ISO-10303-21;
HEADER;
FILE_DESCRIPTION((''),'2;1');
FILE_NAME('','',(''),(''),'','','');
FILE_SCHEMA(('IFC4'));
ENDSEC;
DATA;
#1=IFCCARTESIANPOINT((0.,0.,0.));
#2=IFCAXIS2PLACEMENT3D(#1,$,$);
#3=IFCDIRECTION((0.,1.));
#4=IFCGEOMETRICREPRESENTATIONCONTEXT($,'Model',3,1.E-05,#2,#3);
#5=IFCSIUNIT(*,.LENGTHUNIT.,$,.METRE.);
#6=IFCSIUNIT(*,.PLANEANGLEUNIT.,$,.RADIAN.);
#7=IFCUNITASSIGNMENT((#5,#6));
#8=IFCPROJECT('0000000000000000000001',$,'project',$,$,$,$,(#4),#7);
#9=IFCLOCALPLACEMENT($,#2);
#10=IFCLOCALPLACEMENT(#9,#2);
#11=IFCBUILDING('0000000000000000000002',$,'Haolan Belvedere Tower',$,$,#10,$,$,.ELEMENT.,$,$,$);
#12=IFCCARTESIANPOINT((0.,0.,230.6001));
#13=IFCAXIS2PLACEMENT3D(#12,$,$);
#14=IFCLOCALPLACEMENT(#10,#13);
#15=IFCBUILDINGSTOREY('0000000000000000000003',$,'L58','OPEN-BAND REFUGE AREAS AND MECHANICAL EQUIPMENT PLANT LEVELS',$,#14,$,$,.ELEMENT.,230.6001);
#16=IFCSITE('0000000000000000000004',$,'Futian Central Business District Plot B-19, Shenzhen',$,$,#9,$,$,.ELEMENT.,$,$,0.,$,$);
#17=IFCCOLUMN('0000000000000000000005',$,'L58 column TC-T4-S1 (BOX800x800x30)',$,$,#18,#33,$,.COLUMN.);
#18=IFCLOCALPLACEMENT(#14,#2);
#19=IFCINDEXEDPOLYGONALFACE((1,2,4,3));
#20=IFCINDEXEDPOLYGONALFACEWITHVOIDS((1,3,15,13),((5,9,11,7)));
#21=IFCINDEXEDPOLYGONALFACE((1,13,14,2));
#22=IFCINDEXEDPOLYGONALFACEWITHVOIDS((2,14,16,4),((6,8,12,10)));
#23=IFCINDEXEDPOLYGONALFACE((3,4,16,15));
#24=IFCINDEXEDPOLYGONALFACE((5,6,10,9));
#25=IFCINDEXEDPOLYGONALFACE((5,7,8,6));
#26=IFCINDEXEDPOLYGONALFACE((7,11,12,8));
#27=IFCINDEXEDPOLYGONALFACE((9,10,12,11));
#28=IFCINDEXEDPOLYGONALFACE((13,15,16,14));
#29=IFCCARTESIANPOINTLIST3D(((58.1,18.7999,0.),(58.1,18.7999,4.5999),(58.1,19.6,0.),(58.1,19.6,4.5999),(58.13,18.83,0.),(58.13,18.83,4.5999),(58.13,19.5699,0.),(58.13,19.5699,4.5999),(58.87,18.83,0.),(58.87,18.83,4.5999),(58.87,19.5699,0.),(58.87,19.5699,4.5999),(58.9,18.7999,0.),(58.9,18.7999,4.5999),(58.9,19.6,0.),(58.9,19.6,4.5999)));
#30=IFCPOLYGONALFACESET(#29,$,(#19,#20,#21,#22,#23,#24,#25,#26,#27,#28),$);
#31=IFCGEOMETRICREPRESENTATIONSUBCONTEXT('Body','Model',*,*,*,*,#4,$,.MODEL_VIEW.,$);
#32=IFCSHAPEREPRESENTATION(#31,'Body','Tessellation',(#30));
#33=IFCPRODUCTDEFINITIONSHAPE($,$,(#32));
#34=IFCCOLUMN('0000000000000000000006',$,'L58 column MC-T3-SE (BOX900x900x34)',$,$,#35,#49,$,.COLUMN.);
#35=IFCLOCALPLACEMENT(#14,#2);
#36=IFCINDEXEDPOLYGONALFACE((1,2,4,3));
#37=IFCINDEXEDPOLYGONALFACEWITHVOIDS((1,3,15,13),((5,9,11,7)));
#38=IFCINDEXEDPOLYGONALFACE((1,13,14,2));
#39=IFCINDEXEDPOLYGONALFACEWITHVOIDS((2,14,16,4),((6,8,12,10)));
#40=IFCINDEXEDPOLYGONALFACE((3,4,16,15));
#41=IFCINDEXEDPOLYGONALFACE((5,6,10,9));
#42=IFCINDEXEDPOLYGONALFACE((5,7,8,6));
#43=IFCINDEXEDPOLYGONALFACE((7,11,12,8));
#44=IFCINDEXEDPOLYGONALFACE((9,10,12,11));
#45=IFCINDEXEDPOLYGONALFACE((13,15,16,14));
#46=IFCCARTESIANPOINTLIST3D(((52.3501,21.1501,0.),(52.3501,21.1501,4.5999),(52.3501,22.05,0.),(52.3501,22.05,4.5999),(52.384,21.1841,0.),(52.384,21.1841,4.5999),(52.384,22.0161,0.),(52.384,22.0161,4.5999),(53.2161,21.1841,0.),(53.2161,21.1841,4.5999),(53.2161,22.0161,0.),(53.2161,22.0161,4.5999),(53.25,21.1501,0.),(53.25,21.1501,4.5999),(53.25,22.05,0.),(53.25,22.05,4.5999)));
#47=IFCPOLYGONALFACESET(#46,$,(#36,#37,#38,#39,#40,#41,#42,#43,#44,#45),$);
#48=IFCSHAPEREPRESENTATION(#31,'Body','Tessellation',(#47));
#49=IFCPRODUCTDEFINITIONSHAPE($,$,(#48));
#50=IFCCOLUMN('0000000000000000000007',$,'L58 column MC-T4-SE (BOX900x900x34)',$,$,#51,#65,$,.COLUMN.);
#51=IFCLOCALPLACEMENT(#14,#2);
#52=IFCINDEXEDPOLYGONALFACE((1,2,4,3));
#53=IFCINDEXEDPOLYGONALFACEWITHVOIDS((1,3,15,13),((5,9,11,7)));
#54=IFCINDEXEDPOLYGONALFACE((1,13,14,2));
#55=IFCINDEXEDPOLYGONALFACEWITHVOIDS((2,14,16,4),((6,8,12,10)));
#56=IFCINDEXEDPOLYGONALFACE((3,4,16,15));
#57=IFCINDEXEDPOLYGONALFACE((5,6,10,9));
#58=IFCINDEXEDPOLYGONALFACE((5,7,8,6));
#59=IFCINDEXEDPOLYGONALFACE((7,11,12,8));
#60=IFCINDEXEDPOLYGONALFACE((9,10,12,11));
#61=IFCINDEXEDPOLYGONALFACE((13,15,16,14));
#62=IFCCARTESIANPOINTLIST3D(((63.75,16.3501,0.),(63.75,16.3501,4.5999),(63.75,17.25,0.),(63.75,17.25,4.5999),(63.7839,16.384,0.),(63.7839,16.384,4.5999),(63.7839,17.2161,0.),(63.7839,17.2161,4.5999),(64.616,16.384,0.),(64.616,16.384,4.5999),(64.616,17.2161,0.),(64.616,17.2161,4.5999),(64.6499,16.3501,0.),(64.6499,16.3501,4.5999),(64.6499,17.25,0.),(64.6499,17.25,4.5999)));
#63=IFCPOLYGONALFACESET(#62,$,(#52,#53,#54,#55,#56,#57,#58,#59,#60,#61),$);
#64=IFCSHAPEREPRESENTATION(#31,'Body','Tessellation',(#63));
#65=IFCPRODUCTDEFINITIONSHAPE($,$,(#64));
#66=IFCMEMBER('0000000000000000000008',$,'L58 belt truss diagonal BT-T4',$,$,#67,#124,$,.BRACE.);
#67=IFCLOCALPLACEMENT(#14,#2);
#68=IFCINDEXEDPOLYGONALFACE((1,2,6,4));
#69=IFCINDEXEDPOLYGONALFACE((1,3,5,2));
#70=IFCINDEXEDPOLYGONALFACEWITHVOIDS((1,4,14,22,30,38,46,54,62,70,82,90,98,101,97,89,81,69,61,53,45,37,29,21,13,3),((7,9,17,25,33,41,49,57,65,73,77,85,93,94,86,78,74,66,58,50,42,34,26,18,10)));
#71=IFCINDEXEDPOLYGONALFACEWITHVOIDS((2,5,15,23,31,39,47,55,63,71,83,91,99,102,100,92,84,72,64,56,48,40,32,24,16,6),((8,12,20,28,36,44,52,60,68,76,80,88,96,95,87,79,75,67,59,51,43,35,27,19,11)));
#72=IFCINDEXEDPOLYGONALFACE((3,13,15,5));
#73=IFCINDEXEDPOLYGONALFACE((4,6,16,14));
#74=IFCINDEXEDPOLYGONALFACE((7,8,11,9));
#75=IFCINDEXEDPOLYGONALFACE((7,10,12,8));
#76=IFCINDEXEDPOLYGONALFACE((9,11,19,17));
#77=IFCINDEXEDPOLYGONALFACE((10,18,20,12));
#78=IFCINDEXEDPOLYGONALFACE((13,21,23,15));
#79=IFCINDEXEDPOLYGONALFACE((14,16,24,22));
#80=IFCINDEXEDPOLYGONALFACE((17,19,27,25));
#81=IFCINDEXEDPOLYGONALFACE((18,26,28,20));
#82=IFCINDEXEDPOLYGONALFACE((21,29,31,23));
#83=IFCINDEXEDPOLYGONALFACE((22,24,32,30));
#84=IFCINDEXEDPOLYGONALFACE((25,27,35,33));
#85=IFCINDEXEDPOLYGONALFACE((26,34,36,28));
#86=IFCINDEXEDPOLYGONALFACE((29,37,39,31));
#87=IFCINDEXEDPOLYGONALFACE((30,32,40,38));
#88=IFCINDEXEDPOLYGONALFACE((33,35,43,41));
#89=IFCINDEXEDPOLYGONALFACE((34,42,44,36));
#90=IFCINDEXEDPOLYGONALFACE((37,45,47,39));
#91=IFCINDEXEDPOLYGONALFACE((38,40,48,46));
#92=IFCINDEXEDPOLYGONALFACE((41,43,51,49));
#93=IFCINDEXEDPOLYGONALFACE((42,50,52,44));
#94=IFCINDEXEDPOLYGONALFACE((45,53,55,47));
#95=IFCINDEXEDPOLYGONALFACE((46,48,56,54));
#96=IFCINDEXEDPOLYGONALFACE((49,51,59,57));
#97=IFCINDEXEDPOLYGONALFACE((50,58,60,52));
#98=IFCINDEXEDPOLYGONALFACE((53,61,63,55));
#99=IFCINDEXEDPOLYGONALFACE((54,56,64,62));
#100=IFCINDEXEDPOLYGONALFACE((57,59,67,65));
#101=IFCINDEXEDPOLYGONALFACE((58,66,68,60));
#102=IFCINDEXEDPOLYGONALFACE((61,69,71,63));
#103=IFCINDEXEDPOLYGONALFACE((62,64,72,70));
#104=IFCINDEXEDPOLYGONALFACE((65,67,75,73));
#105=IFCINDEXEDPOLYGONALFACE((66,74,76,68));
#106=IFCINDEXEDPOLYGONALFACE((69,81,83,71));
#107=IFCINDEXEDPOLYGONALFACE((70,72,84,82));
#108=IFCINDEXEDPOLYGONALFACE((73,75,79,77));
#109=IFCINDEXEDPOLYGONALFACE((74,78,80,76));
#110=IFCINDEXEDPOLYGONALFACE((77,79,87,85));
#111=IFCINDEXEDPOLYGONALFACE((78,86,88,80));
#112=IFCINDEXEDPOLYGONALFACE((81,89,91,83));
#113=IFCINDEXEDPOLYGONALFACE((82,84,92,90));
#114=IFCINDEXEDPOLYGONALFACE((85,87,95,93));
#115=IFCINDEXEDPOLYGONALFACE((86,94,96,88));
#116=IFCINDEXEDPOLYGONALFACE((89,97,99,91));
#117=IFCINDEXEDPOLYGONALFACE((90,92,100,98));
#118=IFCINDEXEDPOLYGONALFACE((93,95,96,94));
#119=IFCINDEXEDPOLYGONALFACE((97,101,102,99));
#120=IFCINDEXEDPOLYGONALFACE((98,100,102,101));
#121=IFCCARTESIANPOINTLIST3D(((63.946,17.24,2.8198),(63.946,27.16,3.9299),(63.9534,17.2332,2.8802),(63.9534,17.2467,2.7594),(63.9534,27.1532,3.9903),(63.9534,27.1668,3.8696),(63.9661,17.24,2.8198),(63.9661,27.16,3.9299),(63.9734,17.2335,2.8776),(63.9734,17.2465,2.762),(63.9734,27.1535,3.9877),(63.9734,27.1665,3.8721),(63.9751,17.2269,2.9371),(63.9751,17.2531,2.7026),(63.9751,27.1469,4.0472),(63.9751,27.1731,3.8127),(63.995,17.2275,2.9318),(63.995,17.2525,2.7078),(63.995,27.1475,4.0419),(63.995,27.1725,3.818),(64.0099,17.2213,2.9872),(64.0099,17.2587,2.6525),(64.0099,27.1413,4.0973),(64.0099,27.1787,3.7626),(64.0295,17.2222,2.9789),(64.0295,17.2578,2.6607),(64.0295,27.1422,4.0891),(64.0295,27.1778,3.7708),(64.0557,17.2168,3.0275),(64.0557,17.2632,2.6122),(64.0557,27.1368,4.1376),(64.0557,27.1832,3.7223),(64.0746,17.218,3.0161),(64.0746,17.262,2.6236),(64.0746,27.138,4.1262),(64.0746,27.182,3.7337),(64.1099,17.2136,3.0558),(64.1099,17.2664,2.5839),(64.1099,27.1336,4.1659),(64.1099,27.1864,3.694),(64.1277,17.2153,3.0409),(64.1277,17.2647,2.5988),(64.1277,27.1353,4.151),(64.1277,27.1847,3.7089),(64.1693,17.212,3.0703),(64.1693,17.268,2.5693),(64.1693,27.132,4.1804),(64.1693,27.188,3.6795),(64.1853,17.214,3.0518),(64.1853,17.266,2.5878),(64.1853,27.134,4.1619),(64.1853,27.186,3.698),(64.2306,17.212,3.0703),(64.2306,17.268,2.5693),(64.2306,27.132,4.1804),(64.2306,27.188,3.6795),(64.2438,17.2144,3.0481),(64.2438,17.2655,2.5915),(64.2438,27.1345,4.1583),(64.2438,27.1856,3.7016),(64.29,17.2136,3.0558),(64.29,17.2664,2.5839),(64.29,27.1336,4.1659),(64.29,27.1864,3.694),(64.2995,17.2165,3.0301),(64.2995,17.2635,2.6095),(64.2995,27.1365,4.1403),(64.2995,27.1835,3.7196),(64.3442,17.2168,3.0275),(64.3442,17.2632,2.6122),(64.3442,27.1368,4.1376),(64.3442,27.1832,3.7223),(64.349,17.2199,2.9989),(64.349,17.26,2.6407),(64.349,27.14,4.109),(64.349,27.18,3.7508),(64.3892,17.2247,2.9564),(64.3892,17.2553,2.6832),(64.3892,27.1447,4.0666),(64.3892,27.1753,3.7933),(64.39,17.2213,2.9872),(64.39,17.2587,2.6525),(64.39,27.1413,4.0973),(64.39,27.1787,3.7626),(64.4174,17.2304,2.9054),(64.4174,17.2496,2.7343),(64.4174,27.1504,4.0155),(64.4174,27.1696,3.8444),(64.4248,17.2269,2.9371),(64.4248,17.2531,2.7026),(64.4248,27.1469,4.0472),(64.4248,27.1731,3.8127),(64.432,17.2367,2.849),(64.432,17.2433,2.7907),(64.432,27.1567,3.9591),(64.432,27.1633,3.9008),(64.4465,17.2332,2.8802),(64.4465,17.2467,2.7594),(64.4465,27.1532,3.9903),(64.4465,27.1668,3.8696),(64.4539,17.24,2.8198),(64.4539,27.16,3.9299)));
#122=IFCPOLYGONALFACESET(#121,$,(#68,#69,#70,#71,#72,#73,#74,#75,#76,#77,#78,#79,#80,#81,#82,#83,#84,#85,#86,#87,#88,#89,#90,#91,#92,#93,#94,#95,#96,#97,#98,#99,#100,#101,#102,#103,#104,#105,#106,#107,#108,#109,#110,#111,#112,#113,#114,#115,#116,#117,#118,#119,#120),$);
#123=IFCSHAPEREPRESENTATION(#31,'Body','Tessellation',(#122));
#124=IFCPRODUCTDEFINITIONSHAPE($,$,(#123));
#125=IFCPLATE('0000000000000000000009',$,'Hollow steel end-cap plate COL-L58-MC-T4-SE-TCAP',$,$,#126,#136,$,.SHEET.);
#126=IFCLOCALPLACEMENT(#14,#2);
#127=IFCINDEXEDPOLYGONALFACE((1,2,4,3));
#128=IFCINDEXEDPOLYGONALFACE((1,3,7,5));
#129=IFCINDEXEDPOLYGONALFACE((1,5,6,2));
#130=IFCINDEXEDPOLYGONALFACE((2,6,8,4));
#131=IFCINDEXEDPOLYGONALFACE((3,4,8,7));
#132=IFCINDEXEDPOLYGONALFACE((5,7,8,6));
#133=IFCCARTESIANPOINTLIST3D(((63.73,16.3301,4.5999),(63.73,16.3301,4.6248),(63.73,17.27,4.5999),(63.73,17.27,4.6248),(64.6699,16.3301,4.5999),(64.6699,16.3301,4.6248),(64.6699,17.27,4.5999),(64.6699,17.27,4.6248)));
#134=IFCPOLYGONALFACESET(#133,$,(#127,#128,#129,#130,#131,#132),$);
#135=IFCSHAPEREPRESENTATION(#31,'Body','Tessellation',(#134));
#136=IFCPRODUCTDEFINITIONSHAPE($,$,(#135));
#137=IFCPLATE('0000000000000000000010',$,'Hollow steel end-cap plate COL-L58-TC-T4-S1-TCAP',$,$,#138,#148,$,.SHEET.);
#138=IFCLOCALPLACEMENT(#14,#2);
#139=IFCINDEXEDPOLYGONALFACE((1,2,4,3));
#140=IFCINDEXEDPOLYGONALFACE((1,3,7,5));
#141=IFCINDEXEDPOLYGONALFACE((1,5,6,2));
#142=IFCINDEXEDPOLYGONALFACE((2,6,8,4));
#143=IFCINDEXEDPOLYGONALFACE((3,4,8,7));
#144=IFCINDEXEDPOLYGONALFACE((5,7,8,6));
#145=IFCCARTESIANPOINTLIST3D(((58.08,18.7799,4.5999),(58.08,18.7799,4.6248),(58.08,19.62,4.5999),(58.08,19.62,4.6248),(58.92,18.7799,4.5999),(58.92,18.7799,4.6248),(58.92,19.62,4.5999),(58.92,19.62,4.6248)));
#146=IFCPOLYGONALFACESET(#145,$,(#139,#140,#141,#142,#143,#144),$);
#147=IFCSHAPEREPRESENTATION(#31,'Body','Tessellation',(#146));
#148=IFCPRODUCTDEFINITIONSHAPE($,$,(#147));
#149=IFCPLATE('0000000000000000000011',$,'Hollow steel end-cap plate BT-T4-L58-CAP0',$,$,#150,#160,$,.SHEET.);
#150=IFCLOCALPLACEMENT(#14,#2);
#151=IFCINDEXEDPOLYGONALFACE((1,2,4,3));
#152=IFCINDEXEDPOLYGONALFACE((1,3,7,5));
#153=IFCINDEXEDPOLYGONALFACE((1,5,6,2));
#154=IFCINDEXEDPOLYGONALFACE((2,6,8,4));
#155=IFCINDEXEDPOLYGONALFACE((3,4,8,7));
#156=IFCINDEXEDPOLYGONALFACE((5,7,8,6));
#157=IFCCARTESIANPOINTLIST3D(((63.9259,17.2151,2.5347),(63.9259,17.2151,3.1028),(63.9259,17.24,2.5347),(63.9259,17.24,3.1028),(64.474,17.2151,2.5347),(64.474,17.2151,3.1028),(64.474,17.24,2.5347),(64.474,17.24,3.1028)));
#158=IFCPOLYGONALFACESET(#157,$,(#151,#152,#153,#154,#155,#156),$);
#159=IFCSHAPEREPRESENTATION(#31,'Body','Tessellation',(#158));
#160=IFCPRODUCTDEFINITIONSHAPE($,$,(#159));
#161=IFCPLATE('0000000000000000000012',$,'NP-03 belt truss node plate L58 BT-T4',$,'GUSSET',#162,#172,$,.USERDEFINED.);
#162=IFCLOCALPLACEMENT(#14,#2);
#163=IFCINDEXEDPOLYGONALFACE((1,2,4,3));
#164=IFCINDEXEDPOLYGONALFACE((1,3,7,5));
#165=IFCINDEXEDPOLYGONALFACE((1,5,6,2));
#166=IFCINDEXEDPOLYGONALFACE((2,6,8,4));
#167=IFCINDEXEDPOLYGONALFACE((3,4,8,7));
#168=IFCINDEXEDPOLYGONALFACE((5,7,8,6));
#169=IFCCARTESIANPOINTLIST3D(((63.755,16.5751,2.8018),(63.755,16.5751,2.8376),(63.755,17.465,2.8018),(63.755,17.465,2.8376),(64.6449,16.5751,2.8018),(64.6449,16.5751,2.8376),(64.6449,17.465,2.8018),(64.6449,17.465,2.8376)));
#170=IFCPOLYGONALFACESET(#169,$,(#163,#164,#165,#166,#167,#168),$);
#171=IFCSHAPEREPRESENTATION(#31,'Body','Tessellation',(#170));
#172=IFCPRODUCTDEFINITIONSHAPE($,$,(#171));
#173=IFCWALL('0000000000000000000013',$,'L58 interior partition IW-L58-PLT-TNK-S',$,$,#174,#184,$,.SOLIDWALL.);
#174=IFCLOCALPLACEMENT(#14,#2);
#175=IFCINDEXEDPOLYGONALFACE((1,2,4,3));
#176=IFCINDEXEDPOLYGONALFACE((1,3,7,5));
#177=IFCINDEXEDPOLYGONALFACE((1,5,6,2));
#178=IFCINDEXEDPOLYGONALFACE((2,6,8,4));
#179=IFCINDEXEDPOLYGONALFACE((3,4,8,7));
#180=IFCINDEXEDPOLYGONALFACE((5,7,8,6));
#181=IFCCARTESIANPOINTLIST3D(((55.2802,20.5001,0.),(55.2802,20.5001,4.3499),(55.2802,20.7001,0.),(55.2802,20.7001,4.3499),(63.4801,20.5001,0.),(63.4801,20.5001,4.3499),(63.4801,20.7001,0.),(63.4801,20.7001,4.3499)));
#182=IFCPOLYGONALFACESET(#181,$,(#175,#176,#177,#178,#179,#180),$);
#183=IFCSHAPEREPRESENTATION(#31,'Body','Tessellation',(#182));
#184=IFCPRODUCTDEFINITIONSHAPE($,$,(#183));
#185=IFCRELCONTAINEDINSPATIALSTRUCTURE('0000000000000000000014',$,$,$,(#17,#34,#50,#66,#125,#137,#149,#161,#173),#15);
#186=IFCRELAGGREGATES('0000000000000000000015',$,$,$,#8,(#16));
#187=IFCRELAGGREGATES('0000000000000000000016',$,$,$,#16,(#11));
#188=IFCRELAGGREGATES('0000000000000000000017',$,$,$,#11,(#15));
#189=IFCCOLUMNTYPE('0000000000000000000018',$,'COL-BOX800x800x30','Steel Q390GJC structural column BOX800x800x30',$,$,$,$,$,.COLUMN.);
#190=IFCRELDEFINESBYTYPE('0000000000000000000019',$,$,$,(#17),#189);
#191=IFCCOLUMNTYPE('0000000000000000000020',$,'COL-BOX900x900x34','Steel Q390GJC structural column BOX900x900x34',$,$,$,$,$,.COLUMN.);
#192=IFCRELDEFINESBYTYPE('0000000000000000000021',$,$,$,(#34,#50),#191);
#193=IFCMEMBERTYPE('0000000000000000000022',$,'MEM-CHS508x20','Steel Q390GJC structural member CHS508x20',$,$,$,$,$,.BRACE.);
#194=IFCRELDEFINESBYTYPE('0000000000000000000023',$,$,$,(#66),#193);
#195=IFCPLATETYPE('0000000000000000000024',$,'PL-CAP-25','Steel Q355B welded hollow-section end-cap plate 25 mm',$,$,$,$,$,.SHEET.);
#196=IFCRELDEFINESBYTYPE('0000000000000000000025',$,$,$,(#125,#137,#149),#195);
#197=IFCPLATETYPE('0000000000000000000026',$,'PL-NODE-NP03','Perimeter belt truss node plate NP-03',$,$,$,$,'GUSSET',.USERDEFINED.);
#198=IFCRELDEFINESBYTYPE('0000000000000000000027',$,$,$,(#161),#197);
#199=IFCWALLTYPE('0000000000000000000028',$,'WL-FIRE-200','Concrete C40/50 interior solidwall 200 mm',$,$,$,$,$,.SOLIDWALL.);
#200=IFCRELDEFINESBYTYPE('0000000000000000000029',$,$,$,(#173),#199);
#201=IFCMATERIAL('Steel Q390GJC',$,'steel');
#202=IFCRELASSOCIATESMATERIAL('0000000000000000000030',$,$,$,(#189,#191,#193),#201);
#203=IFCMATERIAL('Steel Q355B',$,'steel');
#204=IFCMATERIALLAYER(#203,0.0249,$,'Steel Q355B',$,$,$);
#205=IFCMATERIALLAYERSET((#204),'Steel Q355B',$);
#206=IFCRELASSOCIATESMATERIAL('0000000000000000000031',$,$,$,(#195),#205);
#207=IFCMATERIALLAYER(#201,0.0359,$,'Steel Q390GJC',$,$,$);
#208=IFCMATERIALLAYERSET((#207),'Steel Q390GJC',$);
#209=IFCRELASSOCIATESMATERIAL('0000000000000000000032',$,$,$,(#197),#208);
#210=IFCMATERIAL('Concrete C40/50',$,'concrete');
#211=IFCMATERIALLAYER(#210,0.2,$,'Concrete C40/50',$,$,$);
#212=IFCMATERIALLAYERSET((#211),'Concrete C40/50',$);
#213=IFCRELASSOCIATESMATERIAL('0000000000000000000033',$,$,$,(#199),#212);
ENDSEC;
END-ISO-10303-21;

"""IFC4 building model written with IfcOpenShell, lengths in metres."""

from ifc_helpers import new_model, si_unit, direction, frame, frame_2d, origin, origin_2d, place, context, subcontext, project, spatial, rectangle, hollow_rectangle, hollow_circle, extrude, material, layer, layer_set, material_profile, profile_set, type_object, element, save


model = new_model("IFC4")

# Units and contexts
model_context = context("Model", 3, precision=1e-05, world=origin(), true_north=direction((0.0, 1.0)))
body_context = subcontext(model_context, "Body", "Model", "MODEL_VIEW")
ifc_project = project(units=[si_unit("LENGTHUNIT", "METRE"), si_unit("PLANEANGLEUNIT", "RADIAN")], contexts=[model_context])

# Site, building, storey
site_placement = place(None, origin())
site = spatial("IfcSite", under=ifc_project, at=site_placement, Name="Futian Central Business District Plot B-19, Shenzhen", CompositionType="ELEMENT", RefElevation=0.0)
building_placement = place(site_placement, origin())
building = spatial("IfcBuilding", under=site, at=building_placement, Name="Haolan Belvedere Tower", CompositionType="ELEMENT")
storey_placement = place(building_placement, frame((0.0, 0.0, 230.6001)))
storey = spatial("IfcBuildingStorey", under=building, at=storey_placement, Name="L58", Description="OPEN-BAND REFUGE AREAS AND MECHANICAL EQUIPMENT PLANT LEVELS", CompositionType="ELEMENT", Elevation=230.6001)

# Columns
ifc_material_1 = material(Name="Steel Q390GJC", Category="steel")
ifc_material_profile_1 = material_profile(ifc_material_1, hollow_rectangle(XDim=0.8, YDim=0.8, WallThickness=0.03, at=origin_2d()), Name="Steel Q390GJC")
ifc_profile_set_1 = profile_set([ifc_material_profile_1], Name="Steel Q390GJC")
column_type_1 = type_object("IfcColumnType", Name="COL-BOX800x800x30", Description="Steel Q390GJC structural column BOX800x800x30", PredefinedType="COLUMN", material=ifc_profile_set_1)
column_placement = place(storey_placement, frame((58.5, 19.2, 0.0), z_axis=(0.0, 0.0, 1.0), x_axis=(1.0, 0.0, 0.0)))
element("IfcColumn", 1, at=column_placement, inside=storey, type_object=column_type_1, Name="L58 column TC-T4-S1 (BOX800x800x30)", PredefinedType="COLUMN", context=body_context, shape_type="SweptSolid", body=[
    extrude(hollow_rectangle(XDim=0.8, YDim=0.8, WallThickness=0.03, at=origin_2d()), origin(), (0.0, 0.0, 1.0), 4.5999),
])
ifc_material_profile_2 = material_profile(ifc_material_1, hollow_rectangle(XDim=0.8999, YDim=0.8999, WallThickness=0.0339, at=origin_2d()), Name="Steel Q390GJC")
ifc_profile_set_2 = profile_set([ifc_material_profile_2], Name="Steel Q390GJC")
column_type_2 = type_object("IfcColumnType", Name="COL-BOX900x900x34", Description="Steel Q390GJC structural column BOX900x900x34", PredefinedType="COLUMN", material=ifc_profile_set_2)
for number, where, z_axis, x_axis, name in (
    (2, (52.8, 21.6001, 0.0), (0.0, 0.0, 1.0), (1.0, 0.0, 0.0), "L58 column MC-T3-SE (BOX900x900x34)"),
    (3, (64.2, 16.8, 0.0), (0.0, 0.0, 1.0), (1.0, 0.0, 0.0), "L58 column MC-T4-SE (BOX900x900x34)"),
):
    element("IfcColumn", number, at=place(storey_placement, frame(where, z_axis=z_axis, x_axis=x_axis)), inside=storey, type_object=column_type_2, Name=name, PredefinedType="COLUMN", context=body_context, shape_type="SweptSolid", body=[
        extrude(hollow_rectangle(XDim=0.8999, YDim=0.8999, WallThickness=0.0339, at=origin_2d()), origin(), (0.0, 0.0, 1.0), 4.5999),
    ])

# Member
ifc_material_profile_3 = material_profile(ifc_material_1, hollow_circle(Radius=0.2539, WallThickness=0.02, at=origin_2d()), Name="Steel Q390GJC")
ifc_profile_set_3 = profile_set([ifc_material_profile_3], Name="Steel Q390GJC")
member_type = type_object("IfcMemberType", Name="MEM-CHS508x20", Description="Steel Q390GJC structural member CHS508x20", PredefinedType="BRACE", material=ifc_profile_set_3)
member_placement = place(storey_placement, frame((64.2, 17.24, 2.8198), z_axis=(0.0, 0.993797, 0.111213), x_axis=(-1.0, 0.0, 0.0)))
element("IfcMember", 4, at=member_placement, inside=storey, type_object=member_type, Name="L58 belt truss diagonal BT-T4", PredefinedType="BRACE", context=body_context, shape_type="SweptSolid", body=[
    extrude(hollow_circle(Radius=0.2539, WallThickness=0.02, at=origin_2d()), origin(), (0.0, 0.0, 1.0), 9.9819),
])

# Plates
ifc_material_2 = material(Name="Steel Q355B", Category="steel")
ifc_layer_1 = layer(ifc_material_2, 0.0249, Name="Steel Q355B")
ifc_layer_set_1 = layer_set([ifc_layer_1], Name="Steel Q355B")
plate_type_1 = type_object("IfcPlateType", Name="PL-CAP-25", Description="Steel Q355B welded hollow-section end-cap plate 25 mm", PredefinedType="SHEET", material=ifc_layer_set_1)
plate_1_placement = place(storey_placement, frame((64.2, 16.8, 4.5999), z_axis=(0.0, 0.0, 1.0), x_axis=(1.0, 0.0, 0.0)))
element("IfcPlate", 5, at=plate_1_placement, inside=storey, type_object=plate_type_1, Name="Hollow steel end-cap plate COL-L58-MC-T4-SE-TCAP", PredefinedType="SHEET", context=body_context, shape_type="SweptSolid", body=[
    extrude(rectangle(XDim=0.9399, YDim=0.9399, at=origin_2d()), origin(), (0.0, 0.0, 1.0), 0.0249),
])
plate_2_placement = place(storey_placement, frame((58.5, 19.2, 4.5999), z_axis=(0.0, 0.0, 1.0), x_axis=(1.0, 0.0, 0.0)))
element("IfcPlate", 6, at=plate_2_placement, inside=storey, type_object=plate_type_1, Name="Hollow steel end-cap plate COL-L58-TC-T4-S1-TCAP", PredefinedType="SHEET", context=body_context, shape_type="SweptSolid", body=[
    extrude(rectangle(XDim=0.8401, YDim=0.8401, at=origin_2d()), origin(), (0.0, 0.0, 1.0), 0.0249),
])
plate_3_placement = place(storey_placement, frame((64.2, 17.2275, 2.5347), z_axis=(0.0, 0.0, 1.0), x_axis=(1.0, 0.0, 0.0)))
element("IfcPlate", 7, at=plate_3_placement, inside=storey, type_object=plate_type_1, Name="Hollow steel end-cap plate BT-T4-L58-CAP0", PredefinedType="SHEET", context=body_context, shape_type="SweptSolid", body=[
    extrude(rectangle(XDim=0.5481, YDim=0.0249, at=origin_2d()), origin(), (0.0, 0.0, 1.0), 0.5681),
])
ifc_layer_2 = layer(ifc_material_1, 0.0359, Name="Steel Q390GJC")
ifc_layer_set_2 = layer_set([ifc_layer_2], Name="Steel Q390GJC")
plate_type_2 = type_object("IfcPlateType", Name="PL-NODE-NP03", Description="Perimeter belt truss node plate NP-03", ElementType="GUSSET", PredefinedType="USERDEFINED", material=ifc_layer_set_2)
plate_4_placement = place(storey_placement, frame((64.2, 17.02, 2.8018), z_axis=(0.0, 0.0, 1.0), x_axis=(1.0, 0.0, 0.0)))
element("IfcPlate", 8, at=plate_4_placement, inside=storey, type_object=plate_type_2, Name="NP-03 belt truss node plate L58 BT-T4", ObjectType="GUSSET", PredefinedType="USERDEFINED", context=body_context, shape_type="SweptSolid", body=[
    extrude(rectangle(XDim=0.8899, YDim=0.8899, at=origin_2d()), origin(), (0.0, 0.0, 1.0), 0.0359),
])

# Wall
ifc_material_3 = material(Name="Concrete C40/50", Category="concrete")
ifc_layer_3 = layer(ifc_material_3, 0.2, Name="Concrete C40/50")
ifc_layer_set_3 = layer_set([ifc_layer_3], Name="Concrete C40/50")
wall_type_1 = type_object("IfcWallType", Name="WL-FIRE-200", Description="Concrete C40/50 interior solidwall 200 mm", PredefinedType="SOLIDWALL", material=ifc_layer_set_3)
wall_1_placement = place(storey_placement, frame((55.28, 20.6001, 0.0), z_axis=(0.0, 0.0, 1.0), x_axis=(1.0, 0.0, 0.0)))
element("IfcWall", 9, at=wall_1_placement, inside=storey, type_object=wall_type_1, Name="L58 interior partition IW-L58-PLT-TNK-S", PredefinedType="SOLIDWALL", context=body_context, shape_type="SweptSolid", body=[
    extrude(rectangle(XDim=8.2, YDim=0.2, at=frame_2d((4.1001, 0.0))), origin(), (0.0, 0.0, 1.0), 4.3499),
])

save(model, "model.ifc")
